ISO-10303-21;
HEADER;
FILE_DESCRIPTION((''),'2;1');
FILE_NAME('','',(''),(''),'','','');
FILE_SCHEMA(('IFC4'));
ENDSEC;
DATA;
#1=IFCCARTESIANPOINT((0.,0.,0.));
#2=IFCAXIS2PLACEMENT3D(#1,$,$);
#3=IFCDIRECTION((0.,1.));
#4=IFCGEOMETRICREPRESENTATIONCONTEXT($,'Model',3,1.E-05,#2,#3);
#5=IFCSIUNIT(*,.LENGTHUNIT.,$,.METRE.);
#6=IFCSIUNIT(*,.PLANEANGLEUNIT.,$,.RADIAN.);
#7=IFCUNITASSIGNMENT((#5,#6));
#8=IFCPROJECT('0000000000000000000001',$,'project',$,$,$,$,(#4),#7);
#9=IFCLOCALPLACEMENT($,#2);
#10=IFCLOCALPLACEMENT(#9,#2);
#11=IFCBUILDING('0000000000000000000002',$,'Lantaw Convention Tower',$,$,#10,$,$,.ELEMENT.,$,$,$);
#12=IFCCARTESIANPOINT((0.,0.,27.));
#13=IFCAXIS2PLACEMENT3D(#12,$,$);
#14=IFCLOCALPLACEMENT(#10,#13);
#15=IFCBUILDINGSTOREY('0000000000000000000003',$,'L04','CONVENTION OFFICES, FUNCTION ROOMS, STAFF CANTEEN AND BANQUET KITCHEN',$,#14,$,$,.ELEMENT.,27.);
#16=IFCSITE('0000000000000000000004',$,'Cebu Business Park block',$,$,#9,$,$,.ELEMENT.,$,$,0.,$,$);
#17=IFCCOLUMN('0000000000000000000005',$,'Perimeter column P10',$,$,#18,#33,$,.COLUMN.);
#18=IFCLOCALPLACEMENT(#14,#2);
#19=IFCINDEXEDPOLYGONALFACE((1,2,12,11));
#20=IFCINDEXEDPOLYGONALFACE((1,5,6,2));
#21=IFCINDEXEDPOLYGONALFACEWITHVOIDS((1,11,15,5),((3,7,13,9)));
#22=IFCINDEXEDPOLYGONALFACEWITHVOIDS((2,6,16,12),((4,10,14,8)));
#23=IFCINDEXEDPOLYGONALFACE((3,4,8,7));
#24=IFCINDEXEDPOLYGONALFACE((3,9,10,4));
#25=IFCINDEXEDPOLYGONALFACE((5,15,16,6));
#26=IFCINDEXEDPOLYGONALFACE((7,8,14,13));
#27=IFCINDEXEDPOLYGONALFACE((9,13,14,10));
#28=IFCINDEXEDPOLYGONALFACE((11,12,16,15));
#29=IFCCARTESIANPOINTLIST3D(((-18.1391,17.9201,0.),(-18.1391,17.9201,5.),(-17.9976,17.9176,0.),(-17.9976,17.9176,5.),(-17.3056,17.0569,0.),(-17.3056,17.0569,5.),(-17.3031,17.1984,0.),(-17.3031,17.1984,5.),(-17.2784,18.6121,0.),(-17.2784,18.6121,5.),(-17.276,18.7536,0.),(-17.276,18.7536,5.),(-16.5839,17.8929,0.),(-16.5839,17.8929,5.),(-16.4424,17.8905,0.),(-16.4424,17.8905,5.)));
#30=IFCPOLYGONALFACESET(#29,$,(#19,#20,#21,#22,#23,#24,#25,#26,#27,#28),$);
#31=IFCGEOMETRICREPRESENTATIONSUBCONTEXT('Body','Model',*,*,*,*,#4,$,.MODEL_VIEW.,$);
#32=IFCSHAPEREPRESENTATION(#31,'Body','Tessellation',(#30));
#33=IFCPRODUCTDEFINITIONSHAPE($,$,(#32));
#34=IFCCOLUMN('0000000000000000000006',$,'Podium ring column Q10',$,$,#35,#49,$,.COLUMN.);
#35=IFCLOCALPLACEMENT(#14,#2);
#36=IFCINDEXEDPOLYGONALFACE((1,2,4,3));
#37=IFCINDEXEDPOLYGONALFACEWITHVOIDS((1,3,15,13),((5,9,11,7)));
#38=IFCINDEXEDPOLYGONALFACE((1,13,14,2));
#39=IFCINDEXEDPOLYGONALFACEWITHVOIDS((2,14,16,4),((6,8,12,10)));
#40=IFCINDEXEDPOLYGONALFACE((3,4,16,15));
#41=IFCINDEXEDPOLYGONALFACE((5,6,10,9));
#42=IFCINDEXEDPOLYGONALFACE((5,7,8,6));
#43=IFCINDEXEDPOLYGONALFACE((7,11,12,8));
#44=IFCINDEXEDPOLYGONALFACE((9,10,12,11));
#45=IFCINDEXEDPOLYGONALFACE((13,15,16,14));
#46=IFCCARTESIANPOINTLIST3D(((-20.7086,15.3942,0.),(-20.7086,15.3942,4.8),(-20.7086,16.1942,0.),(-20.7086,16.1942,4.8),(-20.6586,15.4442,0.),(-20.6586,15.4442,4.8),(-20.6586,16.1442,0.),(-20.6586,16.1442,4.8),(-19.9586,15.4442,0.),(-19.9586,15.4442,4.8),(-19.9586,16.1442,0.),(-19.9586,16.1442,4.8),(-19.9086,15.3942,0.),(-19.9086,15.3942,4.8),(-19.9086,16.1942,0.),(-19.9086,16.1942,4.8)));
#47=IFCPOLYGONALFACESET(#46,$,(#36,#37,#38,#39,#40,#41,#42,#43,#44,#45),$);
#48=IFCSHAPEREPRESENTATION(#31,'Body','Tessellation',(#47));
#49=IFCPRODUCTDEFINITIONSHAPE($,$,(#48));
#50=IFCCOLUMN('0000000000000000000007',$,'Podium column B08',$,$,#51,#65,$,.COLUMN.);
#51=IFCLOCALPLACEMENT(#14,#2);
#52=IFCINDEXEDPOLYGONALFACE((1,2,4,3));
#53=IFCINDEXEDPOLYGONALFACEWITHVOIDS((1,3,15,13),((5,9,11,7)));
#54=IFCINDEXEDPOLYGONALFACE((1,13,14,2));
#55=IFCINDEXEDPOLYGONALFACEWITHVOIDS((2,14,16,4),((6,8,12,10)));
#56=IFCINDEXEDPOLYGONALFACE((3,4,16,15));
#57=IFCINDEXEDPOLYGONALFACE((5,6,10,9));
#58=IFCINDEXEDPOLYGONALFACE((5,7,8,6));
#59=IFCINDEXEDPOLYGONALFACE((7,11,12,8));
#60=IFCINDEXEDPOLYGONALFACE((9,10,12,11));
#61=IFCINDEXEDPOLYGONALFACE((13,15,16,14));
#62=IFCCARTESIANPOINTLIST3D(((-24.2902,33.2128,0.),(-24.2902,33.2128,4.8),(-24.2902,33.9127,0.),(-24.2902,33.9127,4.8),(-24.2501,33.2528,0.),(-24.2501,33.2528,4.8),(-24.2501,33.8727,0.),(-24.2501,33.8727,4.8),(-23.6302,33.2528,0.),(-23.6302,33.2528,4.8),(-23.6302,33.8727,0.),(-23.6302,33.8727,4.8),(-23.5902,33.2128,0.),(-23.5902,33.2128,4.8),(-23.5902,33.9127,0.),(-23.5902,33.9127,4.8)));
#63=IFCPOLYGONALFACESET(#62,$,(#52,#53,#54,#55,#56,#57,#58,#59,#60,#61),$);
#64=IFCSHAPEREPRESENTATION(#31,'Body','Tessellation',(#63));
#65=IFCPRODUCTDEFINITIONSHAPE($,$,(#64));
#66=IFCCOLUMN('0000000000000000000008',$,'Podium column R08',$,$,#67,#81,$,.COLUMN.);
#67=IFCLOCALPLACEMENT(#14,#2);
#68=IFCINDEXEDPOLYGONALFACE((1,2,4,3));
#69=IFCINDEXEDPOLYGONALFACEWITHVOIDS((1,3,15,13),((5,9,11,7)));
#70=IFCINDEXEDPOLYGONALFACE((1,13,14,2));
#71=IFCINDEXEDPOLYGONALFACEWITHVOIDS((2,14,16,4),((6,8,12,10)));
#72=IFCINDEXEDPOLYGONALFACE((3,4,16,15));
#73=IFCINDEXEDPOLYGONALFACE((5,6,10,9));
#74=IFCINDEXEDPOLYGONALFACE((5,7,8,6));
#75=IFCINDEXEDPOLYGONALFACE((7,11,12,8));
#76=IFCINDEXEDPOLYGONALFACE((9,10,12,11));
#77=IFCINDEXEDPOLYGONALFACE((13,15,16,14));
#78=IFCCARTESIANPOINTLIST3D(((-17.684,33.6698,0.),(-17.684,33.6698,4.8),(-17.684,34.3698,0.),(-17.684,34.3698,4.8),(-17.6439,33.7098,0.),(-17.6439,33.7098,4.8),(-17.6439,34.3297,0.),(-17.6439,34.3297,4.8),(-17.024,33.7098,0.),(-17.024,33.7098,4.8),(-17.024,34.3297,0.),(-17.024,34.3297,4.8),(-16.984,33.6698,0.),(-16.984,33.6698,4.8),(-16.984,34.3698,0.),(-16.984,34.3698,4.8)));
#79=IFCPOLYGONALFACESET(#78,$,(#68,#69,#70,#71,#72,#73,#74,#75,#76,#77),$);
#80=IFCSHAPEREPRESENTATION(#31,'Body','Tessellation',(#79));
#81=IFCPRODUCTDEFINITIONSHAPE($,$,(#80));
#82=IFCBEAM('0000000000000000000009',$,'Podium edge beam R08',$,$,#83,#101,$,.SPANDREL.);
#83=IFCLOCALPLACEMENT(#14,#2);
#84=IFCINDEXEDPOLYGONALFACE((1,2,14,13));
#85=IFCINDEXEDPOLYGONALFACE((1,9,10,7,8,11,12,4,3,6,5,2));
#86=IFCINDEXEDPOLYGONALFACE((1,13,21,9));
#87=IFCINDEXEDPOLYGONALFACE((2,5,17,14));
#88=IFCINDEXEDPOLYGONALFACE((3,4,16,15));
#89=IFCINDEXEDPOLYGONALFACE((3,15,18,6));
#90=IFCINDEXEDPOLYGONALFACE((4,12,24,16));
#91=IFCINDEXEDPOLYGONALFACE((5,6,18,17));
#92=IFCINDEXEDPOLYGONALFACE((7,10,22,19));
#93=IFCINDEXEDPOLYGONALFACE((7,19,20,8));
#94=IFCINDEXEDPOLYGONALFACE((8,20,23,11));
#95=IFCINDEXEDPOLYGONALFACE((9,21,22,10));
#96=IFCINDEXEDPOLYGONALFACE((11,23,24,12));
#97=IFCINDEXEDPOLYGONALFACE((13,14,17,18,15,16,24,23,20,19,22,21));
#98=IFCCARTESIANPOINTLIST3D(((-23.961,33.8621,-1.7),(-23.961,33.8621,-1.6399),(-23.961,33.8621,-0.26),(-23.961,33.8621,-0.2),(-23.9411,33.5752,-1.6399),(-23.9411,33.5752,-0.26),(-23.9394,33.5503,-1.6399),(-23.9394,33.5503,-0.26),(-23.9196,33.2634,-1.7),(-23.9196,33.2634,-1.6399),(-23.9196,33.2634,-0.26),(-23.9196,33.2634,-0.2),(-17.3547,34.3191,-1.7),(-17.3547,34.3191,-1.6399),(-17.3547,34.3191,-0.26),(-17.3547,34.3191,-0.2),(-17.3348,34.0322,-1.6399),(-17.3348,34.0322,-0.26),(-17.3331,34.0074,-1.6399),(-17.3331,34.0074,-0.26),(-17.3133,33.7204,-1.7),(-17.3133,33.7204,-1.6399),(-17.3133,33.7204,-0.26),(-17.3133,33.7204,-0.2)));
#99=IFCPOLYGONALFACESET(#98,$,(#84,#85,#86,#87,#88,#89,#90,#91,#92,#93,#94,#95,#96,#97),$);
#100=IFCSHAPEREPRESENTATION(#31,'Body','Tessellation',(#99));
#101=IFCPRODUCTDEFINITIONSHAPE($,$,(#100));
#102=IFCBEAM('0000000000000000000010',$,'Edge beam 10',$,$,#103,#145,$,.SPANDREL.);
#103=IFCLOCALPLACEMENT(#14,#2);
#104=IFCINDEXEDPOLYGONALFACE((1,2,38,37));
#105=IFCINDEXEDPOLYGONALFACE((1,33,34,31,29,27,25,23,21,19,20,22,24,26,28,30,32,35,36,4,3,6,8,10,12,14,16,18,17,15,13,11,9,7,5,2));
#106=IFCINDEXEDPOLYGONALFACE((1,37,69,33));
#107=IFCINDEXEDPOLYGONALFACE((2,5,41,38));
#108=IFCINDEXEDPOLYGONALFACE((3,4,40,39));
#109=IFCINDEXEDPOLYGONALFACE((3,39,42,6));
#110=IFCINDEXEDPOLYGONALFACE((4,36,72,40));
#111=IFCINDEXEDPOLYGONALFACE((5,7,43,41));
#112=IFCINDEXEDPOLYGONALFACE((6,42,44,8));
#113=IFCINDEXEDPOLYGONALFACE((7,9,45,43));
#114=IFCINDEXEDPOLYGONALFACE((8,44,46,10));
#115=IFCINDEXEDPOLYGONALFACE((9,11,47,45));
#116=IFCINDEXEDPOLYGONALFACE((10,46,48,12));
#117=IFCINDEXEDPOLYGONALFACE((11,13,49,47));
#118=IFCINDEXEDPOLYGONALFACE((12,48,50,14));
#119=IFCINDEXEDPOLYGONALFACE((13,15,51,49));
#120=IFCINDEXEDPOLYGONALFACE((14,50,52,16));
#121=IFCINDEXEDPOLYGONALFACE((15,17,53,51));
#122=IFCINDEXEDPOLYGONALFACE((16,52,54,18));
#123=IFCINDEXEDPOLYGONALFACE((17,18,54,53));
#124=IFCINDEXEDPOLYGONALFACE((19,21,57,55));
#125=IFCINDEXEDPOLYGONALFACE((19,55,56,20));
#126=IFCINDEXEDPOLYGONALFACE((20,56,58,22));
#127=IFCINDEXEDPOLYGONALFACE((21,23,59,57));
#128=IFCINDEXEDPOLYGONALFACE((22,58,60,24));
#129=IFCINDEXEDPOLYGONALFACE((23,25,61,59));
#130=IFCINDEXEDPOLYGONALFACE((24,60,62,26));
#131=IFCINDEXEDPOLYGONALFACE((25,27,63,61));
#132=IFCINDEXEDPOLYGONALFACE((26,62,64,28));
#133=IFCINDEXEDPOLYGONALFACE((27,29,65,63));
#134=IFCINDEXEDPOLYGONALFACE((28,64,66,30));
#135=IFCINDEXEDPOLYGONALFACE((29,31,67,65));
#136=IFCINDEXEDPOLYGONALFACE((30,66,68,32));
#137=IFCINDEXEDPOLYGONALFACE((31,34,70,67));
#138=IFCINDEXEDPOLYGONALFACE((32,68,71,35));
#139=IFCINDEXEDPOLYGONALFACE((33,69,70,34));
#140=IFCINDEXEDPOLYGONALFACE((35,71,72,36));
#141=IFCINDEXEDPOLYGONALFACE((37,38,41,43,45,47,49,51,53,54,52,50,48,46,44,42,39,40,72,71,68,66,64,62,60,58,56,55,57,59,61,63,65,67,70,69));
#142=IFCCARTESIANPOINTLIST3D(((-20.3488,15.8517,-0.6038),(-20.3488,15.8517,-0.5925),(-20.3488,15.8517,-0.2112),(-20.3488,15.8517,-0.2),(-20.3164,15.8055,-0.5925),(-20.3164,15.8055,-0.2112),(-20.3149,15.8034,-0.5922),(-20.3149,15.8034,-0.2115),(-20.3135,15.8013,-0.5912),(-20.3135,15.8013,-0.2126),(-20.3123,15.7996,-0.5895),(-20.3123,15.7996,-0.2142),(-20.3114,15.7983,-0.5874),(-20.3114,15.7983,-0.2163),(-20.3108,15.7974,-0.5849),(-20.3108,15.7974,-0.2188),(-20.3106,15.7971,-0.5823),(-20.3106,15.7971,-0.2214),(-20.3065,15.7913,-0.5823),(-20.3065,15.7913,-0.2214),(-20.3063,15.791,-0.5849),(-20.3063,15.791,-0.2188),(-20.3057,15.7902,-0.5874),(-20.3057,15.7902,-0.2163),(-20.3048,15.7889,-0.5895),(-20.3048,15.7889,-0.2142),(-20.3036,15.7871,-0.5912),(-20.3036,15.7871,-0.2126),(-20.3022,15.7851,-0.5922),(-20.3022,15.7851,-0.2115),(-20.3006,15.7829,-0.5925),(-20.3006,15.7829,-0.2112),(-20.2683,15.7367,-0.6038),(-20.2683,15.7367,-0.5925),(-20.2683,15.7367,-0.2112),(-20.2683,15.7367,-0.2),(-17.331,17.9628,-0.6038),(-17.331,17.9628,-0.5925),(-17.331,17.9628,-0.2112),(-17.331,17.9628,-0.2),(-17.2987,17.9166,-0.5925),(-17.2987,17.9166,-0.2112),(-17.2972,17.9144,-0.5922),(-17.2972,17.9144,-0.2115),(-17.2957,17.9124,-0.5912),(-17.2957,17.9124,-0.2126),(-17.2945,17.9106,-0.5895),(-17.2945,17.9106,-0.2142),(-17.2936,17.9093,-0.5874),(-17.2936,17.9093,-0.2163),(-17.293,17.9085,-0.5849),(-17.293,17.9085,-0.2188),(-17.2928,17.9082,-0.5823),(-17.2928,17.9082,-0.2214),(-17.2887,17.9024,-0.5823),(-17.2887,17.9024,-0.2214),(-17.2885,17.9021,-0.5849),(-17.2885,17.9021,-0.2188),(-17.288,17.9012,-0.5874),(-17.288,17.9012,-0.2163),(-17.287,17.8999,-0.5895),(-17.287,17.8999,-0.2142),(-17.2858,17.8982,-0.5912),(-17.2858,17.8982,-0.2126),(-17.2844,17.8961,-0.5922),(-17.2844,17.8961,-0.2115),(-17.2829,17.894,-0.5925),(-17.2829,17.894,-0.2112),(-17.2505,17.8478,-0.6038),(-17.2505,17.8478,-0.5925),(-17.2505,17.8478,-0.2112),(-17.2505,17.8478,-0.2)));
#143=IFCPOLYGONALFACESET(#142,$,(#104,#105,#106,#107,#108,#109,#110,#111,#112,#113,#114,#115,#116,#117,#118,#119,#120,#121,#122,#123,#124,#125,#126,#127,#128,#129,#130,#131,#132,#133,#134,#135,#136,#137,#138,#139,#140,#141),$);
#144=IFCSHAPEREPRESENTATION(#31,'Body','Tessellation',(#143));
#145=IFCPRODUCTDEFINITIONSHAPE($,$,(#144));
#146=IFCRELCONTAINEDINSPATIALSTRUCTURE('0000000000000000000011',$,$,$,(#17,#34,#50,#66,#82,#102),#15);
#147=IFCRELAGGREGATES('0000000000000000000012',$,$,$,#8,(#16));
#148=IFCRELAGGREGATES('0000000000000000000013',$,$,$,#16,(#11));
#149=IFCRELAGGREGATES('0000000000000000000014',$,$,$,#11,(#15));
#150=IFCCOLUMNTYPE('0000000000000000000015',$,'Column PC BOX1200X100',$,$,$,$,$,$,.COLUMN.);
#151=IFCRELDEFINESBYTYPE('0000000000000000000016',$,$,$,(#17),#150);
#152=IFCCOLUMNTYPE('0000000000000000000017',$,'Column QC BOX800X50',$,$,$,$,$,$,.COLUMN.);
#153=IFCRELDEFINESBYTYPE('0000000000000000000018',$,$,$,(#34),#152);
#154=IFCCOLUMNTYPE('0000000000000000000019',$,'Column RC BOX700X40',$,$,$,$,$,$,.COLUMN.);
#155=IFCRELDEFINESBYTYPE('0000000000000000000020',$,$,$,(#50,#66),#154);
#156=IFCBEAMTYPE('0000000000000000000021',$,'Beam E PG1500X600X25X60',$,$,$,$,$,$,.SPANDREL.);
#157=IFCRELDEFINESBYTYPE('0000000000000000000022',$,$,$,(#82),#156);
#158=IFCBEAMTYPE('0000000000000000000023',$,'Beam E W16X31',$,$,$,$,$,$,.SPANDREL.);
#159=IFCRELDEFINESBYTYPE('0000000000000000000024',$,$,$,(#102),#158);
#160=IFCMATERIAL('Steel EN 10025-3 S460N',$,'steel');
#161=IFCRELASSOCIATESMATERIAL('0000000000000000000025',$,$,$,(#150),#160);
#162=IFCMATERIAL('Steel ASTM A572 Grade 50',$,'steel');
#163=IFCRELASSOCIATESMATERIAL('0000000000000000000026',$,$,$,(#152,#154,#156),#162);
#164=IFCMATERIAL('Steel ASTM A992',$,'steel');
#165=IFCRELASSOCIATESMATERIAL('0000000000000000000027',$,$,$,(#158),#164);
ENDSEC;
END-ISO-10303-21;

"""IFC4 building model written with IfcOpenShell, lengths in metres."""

from ifc_helpers import new_model, si_unit, direction, frame, origin, origin_2d, place, context, subcontext, project, spatial, rectangle, hollow_rectangle, i_section, extrude, material, material_profile, profile_set, type_object, element, save


model = new_model("IFC4")

# Units and contexts
model_context = context("Model", 3, precision=1e-05, world=origin(), true_north=direction((0.0, 1.0)))
body_context = subcontext(model_context, "Body", "Model", "MODEL_VIEW")
ifc_project = project(units=[si_unit("LENGTHUNIT", "METRE"), si_unit("PLANEANGLEUNIT", "RADIAN")], contexts=[model_context])

# Site, building, storey
site_placement = place(None, origin())
site = spatial("IfcSite", under=ifc_project, at=site_placement, Name="Cebu Business Park block", CompositionType="ELEMENT", RefElevation=0.0)
building_placement = place(site_placement, origin())
building = spatial("IfcBuilding", under=site, at=building_placement, Name="Lantaw Convention Tower", CompositionType="ELEMENT")
storey_placement = place(building_placement, frame((0.0, 0.0, 27.0)))
storey = spatial("IfcBuildingStorey", under=building, at=storey_placement, Name="L04", Description="CONVENTION OFFICES, FUNCTION ROOMS, STAFF CANTEEN AND BANQUET KITCHEN", CompositionType="ELEMENT", Elevation=27.0)

# Columns
ifc_material_1 = material(Name="Steel EN 10025-3 S460N", Category="steel")
ifc_material_profile_1 = material_profile(ifc_material_1, hollow_rectangle(XDim=1.2, YDim=1.2, WallThickness=0.1001, at=origin_2d()), Name="BOX1200X100")
ifc_material_2 = material(Name="Concrete C60/75", Category="concrete")
ifc_material_profile_2 = material_profile(ifc_material_2, rectangle(XDim=1.0, YDim=1.0, at=origin_2d()), Name="Concrete fill of BOX1200X100")
ifc_profile_set_1 = profile_set([ifc_material_profile_1, ifc_material_profile_2], Name="Steel EN 10025-3 S460N")
column_type_1 = type_object("IfcColumnType", Name="Column PC BOX1200X100", PredefinedType="COLUMN", material=ifc_profile_set_1)
column_1_placement = place(storey_placement, frame((-17.2908, 17.9053, 0.0), z_axis=(0.0, 0.0, 1.0), x_axis=(0.71934, 0.694658, 0.0)))
element("IfcColumn", 1, at=column_1_placement, inside=storey, type_object=column_type_1, Name="Perimeter column P10", PredefinedType="COLUMN", context=body_context, shape_type="SweptSolid", body=[
    extrude(hollow_rectangle(XDim=1.2, YDim=1.2, WallThickness=0.1001, at=origin_2d()), origin(), (0.0, 0.0, 1.0), 5.0),
])
ifc_material_3 = material(Name="Steel ASTM A572 Grade 50", Category="steel")
ifc_material_profile_3 = material_profile(ifc_material_3, hollow_rectangle(XDim=0.8, YDim=0.8, WallThickness=0.05, at=origin_2d()), Name="BOX800X50")
ifc_profile_set_2 = profile_set([ifc_material_profile_3], Name="Steel ASTM A572 Grade 50")
column_type_2 = type_object("IfcColumnType", Name="Column QC BOX800X50", PredefinedType="COLUMN", material=ifc_profile_set_2)
column_2_placement = place(storey_placement, frame((-20.3086, 15.7942, 0.0), z_axis=(0.0, 0.0, 1.0), x_axis=(1.0, 0.0, 0.0)))
element("IfcColumn", 2, at=column_2_placement, inside=storey, type_object=column_type_2, Name="Podium ring column Q10", PredefinedType="COLUMN", context=body_context, shape_type="SweptSolid", body=[
    extrude(hollow_rectangle(XDim=0.8, YDim=0.8, WallThickness=0.05, at=origin_2d()), origin(), (0.0, 0.0, 1.0), 4.8),
])
ifc_material_profile_4 = material_profile(ifc_material_3, hollow_rectangle(XDim=0.7, YDim=0.7, WallThickness=0.04, at=origin_2d()), Name="BOX700X40")
ifc_profile_set_3 = profile_set([ifc_material_profile_4], Name="Steel ASTM A572 Grade 50")
column_type_3 = type_object("IfcColumnType", Name="Column RC BOX700X40", PredefinedType="COLUMN", material=ifc_profile_set_3)
for number, where, z_axis, x_axis, name in (
    (3, (-23.9402, 33.5627, 0.0), (0.0, 0.0, 1.0), (1.0, 0.0, 0.0), "Podium column B08"),
    (4, (-17.334, 34.0198, 0.0), (0.0, 0.0, 1.0), (1.0, 0.0, 0.0), "Podium column R08"),
):
    element("IfcColumn", number, at=place(storey_placement, frame(where, z_axis=z_axis, x_axis=x_axis)), inside=storey, type_object=column_type_3, Name=name, PredefinedType="COLUMN", context=body_context, shape_type="SweptSolid", body=[
        extrude(hollow_rectangle(XDim=0.7, YDim=0.7, WallThickness=0.04, at=origin_2d()), origin(), (0.0, 0.0, 1.0), 4.8),
    ])

# Beams
ifc_material_profile_5 = material_profile(ifc_material_3, i_section(OverallWidth=0.6001, OverallDepth=1.5, WebThickness=0.0249, FlangeThickness=0.0601, at=origin_2d()), Name="PG1500X600X25X60")
ifc_profile_set_4 = profile_set([ifc_material_profile_5], Name="Steel ASTM A572 Grade 50")
beam_type_1 = type_object("IfcBeamType", Name="Beam E PG1500X600X25X60", PredefinedType="SPANDREL", material=ifc_profile_set_4)
beam_1_placement = place(storey_placement, frame((-17.334, 34.0198, -0.95), z_axis=(-0.997615, -0.069017, 0.0), x_axis=(0.069017, -0.997615, 0.0)))
element("IfcBeam", 5, at=beam_1_placement, inside=storey, type_object=beam_type_1, Name="Podium edge beam R08", PredefinedType="SPANDREL", context=body_context, shape_type="SweptSolid", body=[
    extrude(i_section(OverallWidth=0.6001, OverallDepth=1.5, WebThickness=0.0249, FlangeThickness=0.0601, at=origin_2d()), origin(), (0.0, 0.0, 1.0), 6.6221),
])
ifc_material_4 = material(Name="Steel ASTM A992", Category="steel")
ifc_material_profile_6 = material_profile(ifc_material_4, i_section(OverallWidth=0.1404, OverallDepth=0.4038, WebThickness=0.0071, FlangeThickness=0.0112, FilletRadius=0.0103, at=origin_2d()), Name="W16X31")
ifc_profile_set_5 = profile_set([ifc_material_profile_6], Name="Steel ASTM A992")
beam_type_2 = type_object("IfcBeamType", Name="Beam E W16X31", PredefinedType="SPANDREL", material=ifc_profile_set_5)
beam_2_placement = place(storey_placement, frame((-17.2908, 17.9053, -0.4019), z_axis=(-0.819409, -0.573209, 0.0), x_axis=(0.573209, -0.819409, 0.0)))
element("IfcBeam", 6, at=beam_2_placement, inside=storey, type_object=beam_type_2, Name="Edge beam 10", PredefinedType="SPANDREL", context=body_context, shape_type="SweptSolid", body=[
    extrude(i_section(OverallWidth=0.1404, OverallDepth=0.4038, WebThickness=0.0071, FlangeThickness=0.0112, FilletRadius=0.0103, at=origin_2d()), origin(), (0.0, 0.0, 1.0), 3.6829),
])

save(model, "model.ifc")
